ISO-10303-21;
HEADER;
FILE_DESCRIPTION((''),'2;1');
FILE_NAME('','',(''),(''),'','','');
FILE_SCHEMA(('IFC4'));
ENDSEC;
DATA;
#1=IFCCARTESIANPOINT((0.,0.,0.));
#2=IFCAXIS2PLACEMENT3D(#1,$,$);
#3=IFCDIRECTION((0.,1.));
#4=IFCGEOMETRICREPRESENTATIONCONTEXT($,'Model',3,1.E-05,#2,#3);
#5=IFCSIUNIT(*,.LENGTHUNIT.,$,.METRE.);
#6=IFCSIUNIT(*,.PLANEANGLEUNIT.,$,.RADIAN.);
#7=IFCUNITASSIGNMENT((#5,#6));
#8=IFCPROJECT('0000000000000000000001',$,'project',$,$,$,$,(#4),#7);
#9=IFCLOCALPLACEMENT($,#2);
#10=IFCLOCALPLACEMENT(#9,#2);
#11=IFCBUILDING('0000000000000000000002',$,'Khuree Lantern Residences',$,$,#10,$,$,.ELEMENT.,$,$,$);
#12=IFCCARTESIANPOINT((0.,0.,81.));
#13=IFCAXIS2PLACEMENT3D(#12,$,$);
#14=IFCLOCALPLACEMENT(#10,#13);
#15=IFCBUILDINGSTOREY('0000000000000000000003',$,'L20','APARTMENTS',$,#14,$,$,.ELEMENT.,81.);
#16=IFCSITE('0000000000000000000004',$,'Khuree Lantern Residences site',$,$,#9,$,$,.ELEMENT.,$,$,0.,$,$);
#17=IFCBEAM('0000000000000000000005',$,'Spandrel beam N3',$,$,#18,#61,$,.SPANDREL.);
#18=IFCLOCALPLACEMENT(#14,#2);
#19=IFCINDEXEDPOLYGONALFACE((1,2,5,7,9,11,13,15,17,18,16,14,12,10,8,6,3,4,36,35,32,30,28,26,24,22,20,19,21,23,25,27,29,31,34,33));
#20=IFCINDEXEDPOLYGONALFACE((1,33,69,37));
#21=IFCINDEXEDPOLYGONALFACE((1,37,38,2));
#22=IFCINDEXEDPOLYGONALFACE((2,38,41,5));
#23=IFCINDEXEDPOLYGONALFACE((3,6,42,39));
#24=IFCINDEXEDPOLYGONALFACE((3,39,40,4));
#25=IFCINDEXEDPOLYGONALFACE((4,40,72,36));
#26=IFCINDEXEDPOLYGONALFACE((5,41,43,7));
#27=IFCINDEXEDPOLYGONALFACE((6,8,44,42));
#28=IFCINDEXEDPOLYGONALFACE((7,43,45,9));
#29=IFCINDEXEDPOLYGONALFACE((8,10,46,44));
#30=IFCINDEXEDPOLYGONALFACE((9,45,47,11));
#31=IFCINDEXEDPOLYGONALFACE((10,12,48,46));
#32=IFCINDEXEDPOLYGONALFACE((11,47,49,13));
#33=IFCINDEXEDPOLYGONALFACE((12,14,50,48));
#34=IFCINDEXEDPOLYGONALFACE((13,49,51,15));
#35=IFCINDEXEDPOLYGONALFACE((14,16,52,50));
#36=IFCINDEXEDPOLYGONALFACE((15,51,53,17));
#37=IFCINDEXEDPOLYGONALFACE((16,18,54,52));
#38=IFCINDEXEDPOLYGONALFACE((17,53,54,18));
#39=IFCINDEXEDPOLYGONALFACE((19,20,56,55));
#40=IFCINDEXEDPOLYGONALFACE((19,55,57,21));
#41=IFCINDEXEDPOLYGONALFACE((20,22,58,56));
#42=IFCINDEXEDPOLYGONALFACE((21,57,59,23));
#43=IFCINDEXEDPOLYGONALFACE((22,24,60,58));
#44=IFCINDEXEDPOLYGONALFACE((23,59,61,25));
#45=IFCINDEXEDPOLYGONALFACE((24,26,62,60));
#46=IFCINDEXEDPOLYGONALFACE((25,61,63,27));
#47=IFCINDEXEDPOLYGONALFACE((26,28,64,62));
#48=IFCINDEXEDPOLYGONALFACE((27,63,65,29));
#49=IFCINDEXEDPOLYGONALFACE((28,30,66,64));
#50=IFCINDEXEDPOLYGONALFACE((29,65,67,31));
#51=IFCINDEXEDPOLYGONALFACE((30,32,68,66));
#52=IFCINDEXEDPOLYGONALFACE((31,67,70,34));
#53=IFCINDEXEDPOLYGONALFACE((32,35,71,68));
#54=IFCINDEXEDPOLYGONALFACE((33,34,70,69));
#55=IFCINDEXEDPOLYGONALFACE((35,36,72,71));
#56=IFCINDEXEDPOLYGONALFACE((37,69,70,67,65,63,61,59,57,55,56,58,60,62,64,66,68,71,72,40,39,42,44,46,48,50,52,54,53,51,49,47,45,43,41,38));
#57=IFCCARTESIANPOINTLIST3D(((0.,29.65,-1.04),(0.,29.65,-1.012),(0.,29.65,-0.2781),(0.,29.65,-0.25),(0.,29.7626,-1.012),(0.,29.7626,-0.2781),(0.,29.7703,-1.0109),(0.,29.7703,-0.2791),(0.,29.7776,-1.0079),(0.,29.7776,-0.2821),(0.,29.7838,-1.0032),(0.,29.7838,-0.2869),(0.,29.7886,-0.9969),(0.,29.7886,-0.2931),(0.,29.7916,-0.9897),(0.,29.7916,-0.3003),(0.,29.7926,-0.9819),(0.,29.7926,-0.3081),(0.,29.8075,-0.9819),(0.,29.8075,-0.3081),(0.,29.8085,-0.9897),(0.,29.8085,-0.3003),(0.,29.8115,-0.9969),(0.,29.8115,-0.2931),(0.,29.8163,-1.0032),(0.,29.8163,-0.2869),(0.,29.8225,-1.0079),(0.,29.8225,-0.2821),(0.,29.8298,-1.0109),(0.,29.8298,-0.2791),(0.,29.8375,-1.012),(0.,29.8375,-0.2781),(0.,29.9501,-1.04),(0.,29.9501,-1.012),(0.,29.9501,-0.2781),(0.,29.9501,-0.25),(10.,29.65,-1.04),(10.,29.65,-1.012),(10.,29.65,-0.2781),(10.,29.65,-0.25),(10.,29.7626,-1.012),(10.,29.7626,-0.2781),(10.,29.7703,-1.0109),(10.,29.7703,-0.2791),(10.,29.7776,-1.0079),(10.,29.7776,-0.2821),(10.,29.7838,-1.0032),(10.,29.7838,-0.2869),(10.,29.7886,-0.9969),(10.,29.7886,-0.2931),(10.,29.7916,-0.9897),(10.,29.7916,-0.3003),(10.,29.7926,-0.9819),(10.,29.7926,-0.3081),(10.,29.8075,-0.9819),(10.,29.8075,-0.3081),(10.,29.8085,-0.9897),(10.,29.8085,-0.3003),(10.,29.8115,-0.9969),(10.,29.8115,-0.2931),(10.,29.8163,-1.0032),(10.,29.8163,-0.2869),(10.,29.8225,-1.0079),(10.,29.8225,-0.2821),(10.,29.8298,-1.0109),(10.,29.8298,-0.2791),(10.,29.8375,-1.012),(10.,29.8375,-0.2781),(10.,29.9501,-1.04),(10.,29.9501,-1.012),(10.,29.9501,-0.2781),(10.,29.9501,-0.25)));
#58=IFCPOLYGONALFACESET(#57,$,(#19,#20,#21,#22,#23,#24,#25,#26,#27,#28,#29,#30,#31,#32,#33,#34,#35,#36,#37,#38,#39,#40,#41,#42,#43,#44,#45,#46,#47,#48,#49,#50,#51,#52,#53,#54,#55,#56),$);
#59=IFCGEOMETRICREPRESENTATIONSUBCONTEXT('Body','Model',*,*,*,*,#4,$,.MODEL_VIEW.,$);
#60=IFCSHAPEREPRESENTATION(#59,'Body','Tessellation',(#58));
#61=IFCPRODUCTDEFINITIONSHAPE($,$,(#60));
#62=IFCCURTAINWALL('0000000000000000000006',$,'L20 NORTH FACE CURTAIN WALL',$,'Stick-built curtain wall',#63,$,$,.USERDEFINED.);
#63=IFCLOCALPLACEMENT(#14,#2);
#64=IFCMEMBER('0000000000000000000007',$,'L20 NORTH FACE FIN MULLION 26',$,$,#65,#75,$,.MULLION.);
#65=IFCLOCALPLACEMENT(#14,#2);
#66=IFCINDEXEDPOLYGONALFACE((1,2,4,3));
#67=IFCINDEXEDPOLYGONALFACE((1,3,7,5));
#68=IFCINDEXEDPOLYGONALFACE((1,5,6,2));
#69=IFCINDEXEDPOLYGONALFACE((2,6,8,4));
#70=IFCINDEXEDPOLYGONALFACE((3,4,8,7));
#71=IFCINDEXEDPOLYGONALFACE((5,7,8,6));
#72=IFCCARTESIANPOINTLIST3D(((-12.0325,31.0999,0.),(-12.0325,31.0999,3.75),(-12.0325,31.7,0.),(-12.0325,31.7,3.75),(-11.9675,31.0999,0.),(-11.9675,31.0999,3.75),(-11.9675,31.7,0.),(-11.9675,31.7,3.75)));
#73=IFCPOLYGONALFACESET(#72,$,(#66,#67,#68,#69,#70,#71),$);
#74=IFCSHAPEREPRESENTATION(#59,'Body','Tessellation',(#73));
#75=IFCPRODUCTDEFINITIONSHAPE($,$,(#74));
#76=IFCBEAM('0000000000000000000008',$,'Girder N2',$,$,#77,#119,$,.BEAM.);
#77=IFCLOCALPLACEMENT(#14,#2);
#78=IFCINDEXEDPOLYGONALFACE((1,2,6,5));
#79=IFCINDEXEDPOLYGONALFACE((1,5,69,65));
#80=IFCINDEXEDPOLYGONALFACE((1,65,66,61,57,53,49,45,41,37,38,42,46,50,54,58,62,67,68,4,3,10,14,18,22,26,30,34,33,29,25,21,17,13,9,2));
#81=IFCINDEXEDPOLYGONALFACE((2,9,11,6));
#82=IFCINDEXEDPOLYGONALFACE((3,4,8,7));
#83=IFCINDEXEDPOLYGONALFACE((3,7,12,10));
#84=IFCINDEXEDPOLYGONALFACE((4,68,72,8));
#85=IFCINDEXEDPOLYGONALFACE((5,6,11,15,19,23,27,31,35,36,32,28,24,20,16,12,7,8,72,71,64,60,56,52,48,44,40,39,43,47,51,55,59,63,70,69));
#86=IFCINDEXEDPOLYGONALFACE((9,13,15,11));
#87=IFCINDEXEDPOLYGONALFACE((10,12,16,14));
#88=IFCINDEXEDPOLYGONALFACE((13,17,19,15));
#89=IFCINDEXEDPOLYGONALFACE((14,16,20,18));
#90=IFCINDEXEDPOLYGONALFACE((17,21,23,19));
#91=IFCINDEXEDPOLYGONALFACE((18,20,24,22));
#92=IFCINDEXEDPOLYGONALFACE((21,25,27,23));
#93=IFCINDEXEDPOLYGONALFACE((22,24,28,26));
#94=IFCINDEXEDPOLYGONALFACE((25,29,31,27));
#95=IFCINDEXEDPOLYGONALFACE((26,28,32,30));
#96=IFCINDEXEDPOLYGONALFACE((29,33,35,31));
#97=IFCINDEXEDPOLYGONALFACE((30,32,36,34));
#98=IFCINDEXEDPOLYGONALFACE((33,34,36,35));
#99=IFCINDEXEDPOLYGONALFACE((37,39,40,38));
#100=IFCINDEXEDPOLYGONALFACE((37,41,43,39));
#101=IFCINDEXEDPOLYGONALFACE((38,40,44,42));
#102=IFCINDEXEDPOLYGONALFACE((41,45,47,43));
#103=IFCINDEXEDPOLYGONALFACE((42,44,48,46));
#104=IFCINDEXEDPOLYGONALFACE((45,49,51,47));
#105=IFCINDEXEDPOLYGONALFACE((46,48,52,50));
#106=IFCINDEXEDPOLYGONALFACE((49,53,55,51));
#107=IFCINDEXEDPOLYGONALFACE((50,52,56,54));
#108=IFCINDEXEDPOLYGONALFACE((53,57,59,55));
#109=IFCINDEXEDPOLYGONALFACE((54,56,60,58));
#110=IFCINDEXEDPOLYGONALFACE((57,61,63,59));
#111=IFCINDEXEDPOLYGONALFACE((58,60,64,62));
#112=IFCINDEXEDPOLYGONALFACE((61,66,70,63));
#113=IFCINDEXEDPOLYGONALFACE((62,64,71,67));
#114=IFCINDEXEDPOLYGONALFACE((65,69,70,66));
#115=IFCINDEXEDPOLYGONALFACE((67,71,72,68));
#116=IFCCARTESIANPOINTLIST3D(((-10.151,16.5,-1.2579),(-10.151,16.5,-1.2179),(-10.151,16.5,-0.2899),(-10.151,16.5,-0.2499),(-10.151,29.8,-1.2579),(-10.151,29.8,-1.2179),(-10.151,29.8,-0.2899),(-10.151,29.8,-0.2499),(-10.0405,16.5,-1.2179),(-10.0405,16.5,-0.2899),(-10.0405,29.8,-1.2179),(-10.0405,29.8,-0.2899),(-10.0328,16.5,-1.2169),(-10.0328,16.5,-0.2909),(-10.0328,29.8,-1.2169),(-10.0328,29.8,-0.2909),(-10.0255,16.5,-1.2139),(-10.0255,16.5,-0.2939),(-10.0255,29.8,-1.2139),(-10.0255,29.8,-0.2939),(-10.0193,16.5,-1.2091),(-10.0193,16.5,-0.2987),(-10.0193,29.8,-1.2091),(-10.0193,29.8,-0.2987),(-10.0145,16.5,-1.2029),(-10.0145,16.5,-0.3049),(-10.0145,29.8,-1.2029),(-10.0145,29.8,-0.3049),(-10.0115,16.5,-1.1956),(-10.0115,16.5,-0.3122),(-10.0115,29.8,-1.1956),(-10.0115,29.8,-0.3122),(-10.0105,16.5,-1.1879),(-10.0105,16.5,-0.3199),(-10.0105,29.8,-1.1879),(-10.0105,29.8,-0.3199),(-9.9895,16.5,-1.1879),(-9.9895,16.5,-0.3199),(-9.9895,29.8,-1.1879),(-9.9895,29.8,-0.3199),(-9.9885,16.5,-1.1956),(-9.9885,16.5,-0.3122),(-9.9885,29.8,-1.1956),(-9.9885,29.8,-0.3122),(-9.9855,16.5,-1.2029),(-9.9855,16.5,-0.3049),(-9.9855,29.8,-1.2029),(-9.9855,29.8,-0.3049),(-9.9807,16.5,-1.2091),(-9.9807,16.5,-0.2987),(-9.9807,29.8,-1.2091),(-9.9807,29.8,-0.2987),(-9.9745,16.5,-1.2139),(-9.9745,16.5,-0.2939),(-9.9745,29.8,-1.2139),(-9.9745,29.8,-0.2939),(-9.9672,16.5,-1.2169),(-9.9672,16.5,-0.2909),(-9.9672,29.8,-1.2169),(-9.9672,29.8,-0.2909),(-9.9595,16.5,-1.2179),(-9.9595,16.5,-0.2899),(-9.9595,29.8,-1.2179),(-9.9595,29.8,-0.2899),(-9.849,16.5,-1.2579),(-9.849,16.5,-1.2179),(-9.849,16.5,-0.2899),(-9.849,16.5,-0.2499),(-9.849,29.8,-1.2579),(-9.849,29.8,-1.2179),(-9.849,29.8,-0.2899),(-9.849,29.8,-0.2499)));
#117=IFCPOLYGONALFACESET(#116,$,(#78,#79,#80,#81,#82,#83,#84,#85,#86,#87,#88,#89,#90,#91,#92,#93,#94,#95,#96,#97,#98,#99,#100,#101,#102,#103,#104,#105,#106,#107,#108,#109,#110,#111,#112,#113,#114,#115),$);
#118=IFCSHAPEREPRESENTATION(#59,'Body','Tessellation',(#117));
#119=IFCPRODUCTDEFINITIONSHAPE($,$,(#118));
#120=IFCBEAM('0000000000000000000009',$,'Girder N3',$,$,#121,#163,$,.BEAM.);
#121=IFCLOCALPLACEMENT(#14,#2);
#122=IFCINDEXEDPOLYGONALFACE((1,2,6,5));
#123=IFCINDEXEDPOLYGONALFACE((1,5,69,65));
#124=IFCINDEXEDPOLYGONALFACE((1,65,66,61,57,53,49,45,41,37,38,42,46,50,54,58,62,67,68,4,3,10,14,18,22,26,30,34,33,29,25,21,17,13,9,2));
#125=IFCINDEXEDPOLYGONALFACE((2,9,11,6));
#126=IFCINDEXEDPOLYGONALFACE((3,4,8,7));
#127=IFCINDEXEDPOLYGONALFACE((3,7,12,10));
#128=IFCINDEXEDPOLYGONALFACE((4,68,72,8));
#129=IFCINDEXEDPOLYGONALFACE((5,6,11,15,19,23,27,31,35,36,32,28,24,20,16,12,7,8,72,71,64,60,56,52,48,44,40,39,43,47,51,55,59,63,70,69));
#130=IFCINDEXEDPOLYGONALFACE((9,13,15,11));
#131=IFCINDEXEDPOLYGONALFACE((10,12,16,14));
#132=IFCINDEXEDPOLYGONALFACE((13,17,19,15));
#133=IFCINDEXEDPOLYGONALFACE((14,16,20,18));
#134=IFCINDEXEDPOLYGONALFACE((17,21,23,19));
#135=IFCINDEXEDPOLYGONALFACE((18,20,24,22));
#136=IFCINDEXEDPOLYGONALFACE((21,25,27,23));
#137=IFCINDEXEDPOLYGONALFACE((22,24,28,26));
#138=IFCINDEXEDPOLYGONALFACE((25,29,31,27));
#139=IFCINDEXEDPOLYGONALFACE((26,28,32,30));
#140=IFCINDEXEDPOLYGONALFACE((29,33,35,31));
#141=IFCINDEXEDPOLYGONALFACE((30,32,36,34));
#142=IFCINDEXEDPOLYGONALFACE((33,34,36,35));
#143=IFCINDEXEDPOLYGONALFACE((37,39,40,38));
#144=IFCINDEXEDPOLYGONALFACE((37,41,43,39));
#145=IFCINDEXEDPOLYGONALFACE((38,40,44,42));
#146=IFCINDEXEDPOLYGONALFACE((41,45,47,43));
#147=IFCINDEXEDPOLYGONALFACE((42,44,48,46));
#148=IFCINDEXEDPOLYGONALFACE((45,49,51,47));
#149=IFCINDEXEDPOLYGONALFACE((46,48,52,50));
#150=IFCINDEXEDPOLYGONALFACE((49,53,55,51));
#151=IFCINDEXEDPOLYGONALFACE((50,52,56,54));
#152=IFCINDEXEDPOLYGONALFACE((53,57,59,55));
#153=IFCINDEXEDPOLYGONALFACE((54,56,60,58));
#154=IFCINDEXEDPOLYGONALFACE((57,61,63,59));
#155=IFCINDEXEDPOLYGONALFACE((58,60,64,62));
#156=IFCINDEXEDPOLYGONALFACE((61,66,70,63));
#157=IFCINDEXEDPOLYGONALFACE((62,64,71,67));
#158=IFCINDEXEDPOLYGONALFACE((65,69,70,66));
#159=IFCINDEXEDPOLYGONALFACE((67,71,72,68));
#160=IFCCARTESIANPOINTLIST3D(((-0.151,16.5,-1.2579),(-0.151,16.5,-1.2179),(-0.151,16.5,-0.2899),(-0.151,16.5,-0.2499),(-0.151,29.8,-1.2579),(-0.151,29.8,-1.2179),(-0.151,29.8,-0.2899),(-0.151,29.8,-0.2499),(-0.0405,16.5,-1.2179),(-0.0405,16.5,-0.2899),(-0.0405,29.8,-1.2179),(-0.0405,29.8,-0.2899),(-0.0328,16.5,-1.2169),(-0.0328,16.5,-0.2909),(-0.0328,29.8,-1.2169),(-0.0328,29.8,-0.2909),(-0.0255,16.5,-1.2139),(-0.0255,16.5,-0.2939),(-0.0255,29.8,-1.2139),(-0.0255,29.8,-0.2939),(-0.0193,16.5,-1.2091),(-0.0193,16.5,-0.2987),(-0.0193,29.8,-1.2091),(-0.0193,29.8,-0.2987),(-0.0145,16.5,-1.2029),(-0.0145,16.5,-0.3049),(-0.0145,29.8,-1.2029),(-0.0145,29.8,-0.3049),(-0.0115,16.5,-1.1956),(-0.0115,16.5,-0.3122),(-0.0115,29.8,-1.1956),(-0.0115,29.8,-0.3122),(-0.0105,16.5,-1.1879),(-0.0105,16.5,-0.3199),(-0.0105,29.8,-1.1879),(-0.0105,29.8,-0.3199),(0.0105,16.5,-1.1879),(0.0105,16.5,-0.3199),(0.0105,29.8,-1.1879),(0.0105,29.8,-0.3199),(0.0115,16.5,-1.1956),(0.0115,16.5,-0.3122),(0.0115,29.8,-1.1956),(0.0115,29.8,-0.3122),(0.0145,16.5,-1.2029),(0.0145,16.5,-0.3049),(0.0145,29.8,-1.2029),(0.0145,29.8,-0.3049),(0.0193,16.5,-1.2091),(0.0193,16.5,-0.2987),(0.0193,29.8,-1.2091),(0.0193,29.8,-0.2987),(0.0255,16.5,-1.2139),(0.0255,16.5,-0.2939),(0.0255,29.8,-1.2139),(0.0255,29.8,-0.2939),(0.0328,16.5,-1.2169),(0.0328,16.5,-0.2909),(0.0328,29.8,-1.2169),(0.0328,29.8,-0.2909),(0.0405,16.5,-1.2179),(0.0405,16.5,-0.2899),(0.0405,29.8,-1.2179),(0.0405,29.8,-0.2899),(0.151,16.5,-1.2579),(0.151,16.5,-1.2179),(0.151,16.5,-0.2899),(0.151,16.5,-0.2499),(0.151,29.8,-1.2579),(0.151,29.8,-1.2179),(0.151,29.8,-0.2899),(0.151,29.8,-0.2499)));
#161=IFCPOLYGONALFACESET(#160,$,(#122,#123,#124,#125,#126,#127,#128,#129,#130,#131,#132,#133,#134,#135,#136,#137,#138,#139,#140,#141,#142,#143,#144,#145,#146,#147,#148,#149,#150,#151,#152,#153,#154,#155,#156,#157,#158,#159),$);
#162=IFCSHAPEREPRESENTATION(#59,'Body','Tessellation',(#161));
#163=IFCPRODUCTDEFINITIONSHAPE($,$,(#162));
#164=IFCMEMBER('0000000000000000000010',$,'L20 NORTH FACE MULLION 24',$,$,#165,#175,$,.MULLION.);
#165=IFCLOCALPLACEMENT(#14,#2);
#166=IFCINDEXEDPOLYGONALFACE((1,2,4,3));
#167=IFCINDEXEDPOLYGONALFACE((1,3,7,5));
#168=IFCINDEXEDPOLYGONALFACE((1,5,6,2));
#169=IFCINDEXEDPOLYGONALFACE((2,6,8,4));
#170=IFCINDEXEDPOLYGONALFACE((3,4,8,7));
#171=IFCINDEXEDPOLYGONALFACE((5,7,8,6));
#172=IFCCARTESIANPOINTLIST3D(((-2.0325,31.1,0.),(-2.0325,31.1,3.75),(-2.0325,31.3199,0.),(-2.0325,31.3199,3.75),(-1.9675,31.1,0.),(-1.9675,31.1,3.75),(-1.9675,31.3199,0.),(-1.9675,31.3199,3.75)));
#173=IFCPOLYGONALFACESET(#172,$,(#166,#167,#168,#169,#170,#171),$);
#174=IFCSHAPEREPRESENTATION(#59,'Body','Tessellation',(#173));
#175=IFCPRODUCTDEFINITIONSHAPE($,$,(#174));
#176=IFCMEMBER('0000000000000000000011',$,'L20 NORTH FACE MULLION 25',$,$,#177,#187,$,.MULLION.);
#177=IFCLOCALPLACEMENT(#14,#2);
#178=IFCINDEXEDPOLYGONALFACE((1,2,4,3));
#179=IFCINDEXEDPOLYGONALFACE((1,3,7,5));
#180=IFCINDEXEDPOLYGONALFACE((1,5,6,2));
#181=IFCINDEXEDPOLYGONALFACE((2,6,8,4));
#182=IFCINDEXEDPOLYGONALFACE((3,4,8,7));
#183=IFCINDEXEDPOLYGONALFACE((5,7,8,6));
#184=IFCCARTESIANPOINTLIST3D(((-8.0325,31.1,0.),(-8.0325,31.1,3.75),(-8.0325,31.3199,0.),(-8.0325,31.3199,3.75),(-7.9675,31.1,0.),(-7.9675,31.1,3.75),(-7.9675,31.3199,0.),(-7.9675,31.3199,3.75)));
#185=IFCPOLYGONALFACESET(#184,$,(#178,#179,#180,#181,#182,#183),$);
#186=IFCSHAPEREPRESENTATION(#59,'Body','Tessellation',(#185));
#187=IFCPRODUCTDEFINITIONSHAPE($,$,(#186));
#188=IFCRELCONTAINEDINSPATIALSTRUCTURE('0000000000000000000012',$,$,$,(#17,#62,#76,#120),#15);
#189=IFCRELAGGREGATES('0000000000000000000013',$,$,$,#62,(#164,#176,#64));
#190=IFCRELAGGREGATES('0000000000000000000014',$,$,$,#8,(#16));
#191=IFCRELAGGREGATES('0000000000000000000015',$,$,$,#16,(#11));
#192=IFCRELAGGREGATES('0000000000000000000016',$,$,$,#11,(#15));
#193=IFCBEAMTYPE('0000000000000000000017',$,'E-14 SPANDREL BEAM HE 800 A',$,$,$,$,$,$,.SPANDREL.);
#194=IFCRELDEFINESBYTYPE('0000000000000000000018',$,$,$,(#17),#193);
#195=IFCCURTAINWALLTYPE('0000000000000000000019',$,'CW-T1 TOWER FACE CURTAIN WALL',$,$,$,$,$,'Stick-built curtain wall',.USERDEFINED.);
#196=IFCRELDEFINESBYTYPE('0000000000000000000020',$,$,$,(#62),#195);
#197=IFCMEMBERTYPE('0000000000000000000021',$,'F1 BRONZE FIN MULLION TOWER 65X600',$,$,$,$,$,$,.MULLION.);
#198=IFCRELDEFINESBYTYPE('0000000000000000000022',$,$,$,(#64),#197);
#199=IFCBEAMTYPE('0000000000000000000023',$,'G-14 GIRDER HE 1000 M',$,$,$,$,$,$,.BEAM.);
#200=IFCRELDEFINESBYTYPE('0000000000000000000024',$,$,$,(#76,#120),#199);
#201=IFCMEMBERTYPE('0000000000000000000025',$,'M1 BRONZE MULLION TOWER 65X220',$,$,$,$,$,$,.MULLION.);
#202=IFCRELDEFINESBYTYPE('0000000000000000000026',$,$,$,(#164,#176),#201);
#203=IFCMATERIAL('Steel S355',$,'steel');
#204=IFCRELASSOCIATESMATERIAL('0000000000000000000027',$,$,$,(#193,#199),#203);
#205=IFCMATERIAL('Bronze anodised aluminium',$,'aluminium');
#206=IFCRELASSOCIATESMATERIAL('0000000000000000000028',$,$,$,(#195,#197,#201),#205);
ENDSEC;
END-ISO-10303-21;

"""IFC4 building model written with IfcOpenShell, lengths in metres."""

from ifc_helpers import new_model, si_unit, direction, frame, origin, origin_2d, place, context, subcontext, project, spatial, rectangle, i_section, extrude, material, material_profile, profile_set, type_object, element, aggregate, save


model = new_model("IFC4")

# Units and contexts
model_context = context("Model", 3, precision=1e-05, world=origin(), true_north=direction((0.0, 1.0)))
body_context = subcontext(model_context, "Body", "Model", "MODEL_VIEW")
ifc_project = project(units=[si_unit("LENGTHUNIT", "METRE"), si_unit("PLANEANGLEUNIT", "RADIAN")], contexts=[model_context])

# Site, building, storey
site_placement = place(None, origin())
site = spatial("IfcSite", under=ifc_project, at=site_placement, Name="Khuree Lantern Residences site", CompositionType="ELEMENT", RefElevation=0.0)
building_placement = place(site_placement, origin())
building = spatial("IfcBuilding", under=site, at=building_placement, Name="Khuree Lantern Residences", CompositionType="ELEMENT")
storey_placement = place(building_placement, frame((0.0, 0.0, 81.0)))
storey = spatial("IfcBuildingStorey", under=building, at=storey_placement, Name="L20", Description="APARTMENTS", CompositionType="ELEMENT", Elevation=81.0)

# Beam
ifc_material_1 = material(Name="Steel S355", Category="steel")
ifc_material_profile_1 = material_profile(ifc_material_1, i_section(OverallWidth=0.3, OverallDepth=0.79, WebThickness=0.0149, FlangeThickness=0.0281, FilletRadius=0.03, at=origin_2d()), Name="HE 800 A")
ifc_profile_set_1 = profile_set([ifc_material_profile_1], Name="Steel S355")
beam_type_1 = type_object("IfcBeamType", Name="E-14 SPANDREL BEAM HE 800 A", PredefinedType="SPANDREL", material=ifc_profile_set_1)
for number, where, z_axis, x_axis, name in (
    (1, (0.0, 29.8, -0.645), (1.0, 0.0, 0.0), (0.0, 1.0, 0.0), "Spandrel beam N3"),
):
    element("IfcBeam", number, at=place(storey_placement, frame(where, z_axis=z_axis, x_axis=x_axis)), inside=storey, type_object=beam_type_1, Name=name, PredefinedType="SPANDREL", context=body_context, shape_type="SweptSolid", body=[
        extrude(i_section(OverallWidth=0.3, OverallDepth=0.79, WebThickness=0.0149, FlangeThickness=0.0281, FilletRadius=0.03, at=origin_2d()), origin(), (0.0, 0.0, 1.0), 10.0),
    ])

# Curtain wall, member
ifc_material_2 = material(Name="Bronze anodised aluminium", Category="aluminium")
curtain_wall_type = type_object("IfcCurtainWallType", Name="CW-T1 TOWER FACE CURTAIN WALL", ElementType="Stick-built curtain wall", PredefinedType="USERDEFINED", material=ifc_material_2)
curtain_wall_placement = place(storey_placement, origin())
curtain_wall = element("IfcCurtainWall", 2, at=curtain_wall_placement, inside=storey, type_object=curtain_wall_type, Name="L20 NORTH FACE CURTAIN WALL", ObjectType="Stick-built curtain wall", PredefinedType="USERDEFINED")
ifc_material_profile_2 = material_profile(ifc_material_2, rectangle(XDim=0.0649, YDim=0.6001, at=origin_2d()), Name="F1 65X600")
ifc_profile_set_2 = profile_set([ifc_material_profile_2], Name="Bronze anodised aluminium")
member_type_1 = type_object("IfcMemberType", Name="F1 BRONZE FIN MULLION TOWER 65X600", PredefinedType="MULLION", material=ifc_profile_set_2)
member_1_placement = place(storey_placement, frame((-12.0, 31.3999, 0.0), z_axis=(0.0, 0.0, 1.0), x_axis=(-1.0, 0.0, 0.0)))
member_1 = element("IfcMember", 3, at=member_1_placement, type_object=member_type_1, Name="L20 NORTH FACE FIN MULLION 26", PredefinedType="MULLION", context=body_context, shape_type="SweptSolid", body=[
    extrude(rectangle(XDim=0.0649, YDim=0.6001, at=origin_2d()), origin(), (0.0, 0.0, 1.0), 3.75),
])

# Beams
ifc_material_profile_3 = material_profile(ifc_material_1, i_section(OverallWidth=0.302, OverallDepth=1.0081, WebThickness=0.021, FlangeThickness=0.04, FilletRadius=0.03, at=origin_2d()), Name="HE 1000 M")
ifc_profile_set_3 = profile_set([ifc_material_profile_3], Name="Steel S355")
beam_type_2 = type_object("IfcBeamType", Name="G-14 GIRDER HE 1000 M", PredefinedType="BEAM", material=ifc_profile_set_3)
for number, where, z_axis, x_axis, name in (
    (4, (-10.0, 29.8, -0.7539), (0.0, -1.0, 0.0), (1.0, 0.0, 0.0), "Girder N2"),
    (5, (0.0, 29.8, -0.7539), (0.0, -1.0, 0.0), (1.0, 0.0, 0.0), "Girder N3"),
):
    element("IfcBeam", number, at=place(storey_placement, frame(where, z_axis=z_axis, x_axis=x_axis)), inside=storey, type_object=beam_type_2, Name=name, PredefinedType="BEAM", context=body_context, shape_type="SweptSolid", body=[
        extrude(i_section(OverallWidth=0.302, OverallDepth=1.0081, WebThickness=0.021, FlangeThickness=0.04, FilletRadius=0.03, at=origin_2d()), origin(), (0.0, 0.0, 1.0), 13.3),
    ])

# Members
ifc_material_profile_4 = material_profile(ifc_material_2, rectangle(XDim=0.0649, YDim=0.22, at=origin_2d()), Name="M1 65X220")
ifc_profile_set_4 = profile_set([ifc_material_profile_4], Name="Bronze anodised aluminium")
member_type_2 = type_object("IfcMemberType", Name="M1 BRONZE MULLION TOWER 65X220", PredefinedType="MULLION", material=ifc_profile_set_4)
member_2_placement = place(storey_placement, frame((-2.0, 31.21, 0.0), z_axis=(0.0, 0.0, 1.0), x_axis=(-1.0, 0.0, 0.0)))
member_2 = element("IfcMember", 6, at=member_2_placement, type_object=member_type_2, Name="L20 NORTH FACE MULLION 24", PredefinedType="MULLION", context=body_context, shape_type="SweptSolid", body=[
    extrude(rectangle(XDim=0.0649, YDim=0.22, at=origin_2d()), origin(), (0.0, 0.0, 1.0), 3.75),
])
member_3_placement = place(storey_placement, frame((-8.0, 31.21, 0.0), z_axis=(0.0, 0.0, 1.0), x_axis=(-1.0, 0.0, 0.0)))
member_3 = element("IfcMember", 7, at=member_3_placement, type_object=member_type_2, Name="L20 NORTH FACE MULLION 25", PredefinedType="MULLION", context=body_context, shape_type="SweptSolid", body=[
    extrude(rectangle(XDim=0.0649, YDim=0.22, at=origin_2d()), origin(), (0.0, 0.0, 1.0), 3.75),
])

aggregate(curtain_wall, [member_2, member_3, member_1])

save(model, "model.ifc")
